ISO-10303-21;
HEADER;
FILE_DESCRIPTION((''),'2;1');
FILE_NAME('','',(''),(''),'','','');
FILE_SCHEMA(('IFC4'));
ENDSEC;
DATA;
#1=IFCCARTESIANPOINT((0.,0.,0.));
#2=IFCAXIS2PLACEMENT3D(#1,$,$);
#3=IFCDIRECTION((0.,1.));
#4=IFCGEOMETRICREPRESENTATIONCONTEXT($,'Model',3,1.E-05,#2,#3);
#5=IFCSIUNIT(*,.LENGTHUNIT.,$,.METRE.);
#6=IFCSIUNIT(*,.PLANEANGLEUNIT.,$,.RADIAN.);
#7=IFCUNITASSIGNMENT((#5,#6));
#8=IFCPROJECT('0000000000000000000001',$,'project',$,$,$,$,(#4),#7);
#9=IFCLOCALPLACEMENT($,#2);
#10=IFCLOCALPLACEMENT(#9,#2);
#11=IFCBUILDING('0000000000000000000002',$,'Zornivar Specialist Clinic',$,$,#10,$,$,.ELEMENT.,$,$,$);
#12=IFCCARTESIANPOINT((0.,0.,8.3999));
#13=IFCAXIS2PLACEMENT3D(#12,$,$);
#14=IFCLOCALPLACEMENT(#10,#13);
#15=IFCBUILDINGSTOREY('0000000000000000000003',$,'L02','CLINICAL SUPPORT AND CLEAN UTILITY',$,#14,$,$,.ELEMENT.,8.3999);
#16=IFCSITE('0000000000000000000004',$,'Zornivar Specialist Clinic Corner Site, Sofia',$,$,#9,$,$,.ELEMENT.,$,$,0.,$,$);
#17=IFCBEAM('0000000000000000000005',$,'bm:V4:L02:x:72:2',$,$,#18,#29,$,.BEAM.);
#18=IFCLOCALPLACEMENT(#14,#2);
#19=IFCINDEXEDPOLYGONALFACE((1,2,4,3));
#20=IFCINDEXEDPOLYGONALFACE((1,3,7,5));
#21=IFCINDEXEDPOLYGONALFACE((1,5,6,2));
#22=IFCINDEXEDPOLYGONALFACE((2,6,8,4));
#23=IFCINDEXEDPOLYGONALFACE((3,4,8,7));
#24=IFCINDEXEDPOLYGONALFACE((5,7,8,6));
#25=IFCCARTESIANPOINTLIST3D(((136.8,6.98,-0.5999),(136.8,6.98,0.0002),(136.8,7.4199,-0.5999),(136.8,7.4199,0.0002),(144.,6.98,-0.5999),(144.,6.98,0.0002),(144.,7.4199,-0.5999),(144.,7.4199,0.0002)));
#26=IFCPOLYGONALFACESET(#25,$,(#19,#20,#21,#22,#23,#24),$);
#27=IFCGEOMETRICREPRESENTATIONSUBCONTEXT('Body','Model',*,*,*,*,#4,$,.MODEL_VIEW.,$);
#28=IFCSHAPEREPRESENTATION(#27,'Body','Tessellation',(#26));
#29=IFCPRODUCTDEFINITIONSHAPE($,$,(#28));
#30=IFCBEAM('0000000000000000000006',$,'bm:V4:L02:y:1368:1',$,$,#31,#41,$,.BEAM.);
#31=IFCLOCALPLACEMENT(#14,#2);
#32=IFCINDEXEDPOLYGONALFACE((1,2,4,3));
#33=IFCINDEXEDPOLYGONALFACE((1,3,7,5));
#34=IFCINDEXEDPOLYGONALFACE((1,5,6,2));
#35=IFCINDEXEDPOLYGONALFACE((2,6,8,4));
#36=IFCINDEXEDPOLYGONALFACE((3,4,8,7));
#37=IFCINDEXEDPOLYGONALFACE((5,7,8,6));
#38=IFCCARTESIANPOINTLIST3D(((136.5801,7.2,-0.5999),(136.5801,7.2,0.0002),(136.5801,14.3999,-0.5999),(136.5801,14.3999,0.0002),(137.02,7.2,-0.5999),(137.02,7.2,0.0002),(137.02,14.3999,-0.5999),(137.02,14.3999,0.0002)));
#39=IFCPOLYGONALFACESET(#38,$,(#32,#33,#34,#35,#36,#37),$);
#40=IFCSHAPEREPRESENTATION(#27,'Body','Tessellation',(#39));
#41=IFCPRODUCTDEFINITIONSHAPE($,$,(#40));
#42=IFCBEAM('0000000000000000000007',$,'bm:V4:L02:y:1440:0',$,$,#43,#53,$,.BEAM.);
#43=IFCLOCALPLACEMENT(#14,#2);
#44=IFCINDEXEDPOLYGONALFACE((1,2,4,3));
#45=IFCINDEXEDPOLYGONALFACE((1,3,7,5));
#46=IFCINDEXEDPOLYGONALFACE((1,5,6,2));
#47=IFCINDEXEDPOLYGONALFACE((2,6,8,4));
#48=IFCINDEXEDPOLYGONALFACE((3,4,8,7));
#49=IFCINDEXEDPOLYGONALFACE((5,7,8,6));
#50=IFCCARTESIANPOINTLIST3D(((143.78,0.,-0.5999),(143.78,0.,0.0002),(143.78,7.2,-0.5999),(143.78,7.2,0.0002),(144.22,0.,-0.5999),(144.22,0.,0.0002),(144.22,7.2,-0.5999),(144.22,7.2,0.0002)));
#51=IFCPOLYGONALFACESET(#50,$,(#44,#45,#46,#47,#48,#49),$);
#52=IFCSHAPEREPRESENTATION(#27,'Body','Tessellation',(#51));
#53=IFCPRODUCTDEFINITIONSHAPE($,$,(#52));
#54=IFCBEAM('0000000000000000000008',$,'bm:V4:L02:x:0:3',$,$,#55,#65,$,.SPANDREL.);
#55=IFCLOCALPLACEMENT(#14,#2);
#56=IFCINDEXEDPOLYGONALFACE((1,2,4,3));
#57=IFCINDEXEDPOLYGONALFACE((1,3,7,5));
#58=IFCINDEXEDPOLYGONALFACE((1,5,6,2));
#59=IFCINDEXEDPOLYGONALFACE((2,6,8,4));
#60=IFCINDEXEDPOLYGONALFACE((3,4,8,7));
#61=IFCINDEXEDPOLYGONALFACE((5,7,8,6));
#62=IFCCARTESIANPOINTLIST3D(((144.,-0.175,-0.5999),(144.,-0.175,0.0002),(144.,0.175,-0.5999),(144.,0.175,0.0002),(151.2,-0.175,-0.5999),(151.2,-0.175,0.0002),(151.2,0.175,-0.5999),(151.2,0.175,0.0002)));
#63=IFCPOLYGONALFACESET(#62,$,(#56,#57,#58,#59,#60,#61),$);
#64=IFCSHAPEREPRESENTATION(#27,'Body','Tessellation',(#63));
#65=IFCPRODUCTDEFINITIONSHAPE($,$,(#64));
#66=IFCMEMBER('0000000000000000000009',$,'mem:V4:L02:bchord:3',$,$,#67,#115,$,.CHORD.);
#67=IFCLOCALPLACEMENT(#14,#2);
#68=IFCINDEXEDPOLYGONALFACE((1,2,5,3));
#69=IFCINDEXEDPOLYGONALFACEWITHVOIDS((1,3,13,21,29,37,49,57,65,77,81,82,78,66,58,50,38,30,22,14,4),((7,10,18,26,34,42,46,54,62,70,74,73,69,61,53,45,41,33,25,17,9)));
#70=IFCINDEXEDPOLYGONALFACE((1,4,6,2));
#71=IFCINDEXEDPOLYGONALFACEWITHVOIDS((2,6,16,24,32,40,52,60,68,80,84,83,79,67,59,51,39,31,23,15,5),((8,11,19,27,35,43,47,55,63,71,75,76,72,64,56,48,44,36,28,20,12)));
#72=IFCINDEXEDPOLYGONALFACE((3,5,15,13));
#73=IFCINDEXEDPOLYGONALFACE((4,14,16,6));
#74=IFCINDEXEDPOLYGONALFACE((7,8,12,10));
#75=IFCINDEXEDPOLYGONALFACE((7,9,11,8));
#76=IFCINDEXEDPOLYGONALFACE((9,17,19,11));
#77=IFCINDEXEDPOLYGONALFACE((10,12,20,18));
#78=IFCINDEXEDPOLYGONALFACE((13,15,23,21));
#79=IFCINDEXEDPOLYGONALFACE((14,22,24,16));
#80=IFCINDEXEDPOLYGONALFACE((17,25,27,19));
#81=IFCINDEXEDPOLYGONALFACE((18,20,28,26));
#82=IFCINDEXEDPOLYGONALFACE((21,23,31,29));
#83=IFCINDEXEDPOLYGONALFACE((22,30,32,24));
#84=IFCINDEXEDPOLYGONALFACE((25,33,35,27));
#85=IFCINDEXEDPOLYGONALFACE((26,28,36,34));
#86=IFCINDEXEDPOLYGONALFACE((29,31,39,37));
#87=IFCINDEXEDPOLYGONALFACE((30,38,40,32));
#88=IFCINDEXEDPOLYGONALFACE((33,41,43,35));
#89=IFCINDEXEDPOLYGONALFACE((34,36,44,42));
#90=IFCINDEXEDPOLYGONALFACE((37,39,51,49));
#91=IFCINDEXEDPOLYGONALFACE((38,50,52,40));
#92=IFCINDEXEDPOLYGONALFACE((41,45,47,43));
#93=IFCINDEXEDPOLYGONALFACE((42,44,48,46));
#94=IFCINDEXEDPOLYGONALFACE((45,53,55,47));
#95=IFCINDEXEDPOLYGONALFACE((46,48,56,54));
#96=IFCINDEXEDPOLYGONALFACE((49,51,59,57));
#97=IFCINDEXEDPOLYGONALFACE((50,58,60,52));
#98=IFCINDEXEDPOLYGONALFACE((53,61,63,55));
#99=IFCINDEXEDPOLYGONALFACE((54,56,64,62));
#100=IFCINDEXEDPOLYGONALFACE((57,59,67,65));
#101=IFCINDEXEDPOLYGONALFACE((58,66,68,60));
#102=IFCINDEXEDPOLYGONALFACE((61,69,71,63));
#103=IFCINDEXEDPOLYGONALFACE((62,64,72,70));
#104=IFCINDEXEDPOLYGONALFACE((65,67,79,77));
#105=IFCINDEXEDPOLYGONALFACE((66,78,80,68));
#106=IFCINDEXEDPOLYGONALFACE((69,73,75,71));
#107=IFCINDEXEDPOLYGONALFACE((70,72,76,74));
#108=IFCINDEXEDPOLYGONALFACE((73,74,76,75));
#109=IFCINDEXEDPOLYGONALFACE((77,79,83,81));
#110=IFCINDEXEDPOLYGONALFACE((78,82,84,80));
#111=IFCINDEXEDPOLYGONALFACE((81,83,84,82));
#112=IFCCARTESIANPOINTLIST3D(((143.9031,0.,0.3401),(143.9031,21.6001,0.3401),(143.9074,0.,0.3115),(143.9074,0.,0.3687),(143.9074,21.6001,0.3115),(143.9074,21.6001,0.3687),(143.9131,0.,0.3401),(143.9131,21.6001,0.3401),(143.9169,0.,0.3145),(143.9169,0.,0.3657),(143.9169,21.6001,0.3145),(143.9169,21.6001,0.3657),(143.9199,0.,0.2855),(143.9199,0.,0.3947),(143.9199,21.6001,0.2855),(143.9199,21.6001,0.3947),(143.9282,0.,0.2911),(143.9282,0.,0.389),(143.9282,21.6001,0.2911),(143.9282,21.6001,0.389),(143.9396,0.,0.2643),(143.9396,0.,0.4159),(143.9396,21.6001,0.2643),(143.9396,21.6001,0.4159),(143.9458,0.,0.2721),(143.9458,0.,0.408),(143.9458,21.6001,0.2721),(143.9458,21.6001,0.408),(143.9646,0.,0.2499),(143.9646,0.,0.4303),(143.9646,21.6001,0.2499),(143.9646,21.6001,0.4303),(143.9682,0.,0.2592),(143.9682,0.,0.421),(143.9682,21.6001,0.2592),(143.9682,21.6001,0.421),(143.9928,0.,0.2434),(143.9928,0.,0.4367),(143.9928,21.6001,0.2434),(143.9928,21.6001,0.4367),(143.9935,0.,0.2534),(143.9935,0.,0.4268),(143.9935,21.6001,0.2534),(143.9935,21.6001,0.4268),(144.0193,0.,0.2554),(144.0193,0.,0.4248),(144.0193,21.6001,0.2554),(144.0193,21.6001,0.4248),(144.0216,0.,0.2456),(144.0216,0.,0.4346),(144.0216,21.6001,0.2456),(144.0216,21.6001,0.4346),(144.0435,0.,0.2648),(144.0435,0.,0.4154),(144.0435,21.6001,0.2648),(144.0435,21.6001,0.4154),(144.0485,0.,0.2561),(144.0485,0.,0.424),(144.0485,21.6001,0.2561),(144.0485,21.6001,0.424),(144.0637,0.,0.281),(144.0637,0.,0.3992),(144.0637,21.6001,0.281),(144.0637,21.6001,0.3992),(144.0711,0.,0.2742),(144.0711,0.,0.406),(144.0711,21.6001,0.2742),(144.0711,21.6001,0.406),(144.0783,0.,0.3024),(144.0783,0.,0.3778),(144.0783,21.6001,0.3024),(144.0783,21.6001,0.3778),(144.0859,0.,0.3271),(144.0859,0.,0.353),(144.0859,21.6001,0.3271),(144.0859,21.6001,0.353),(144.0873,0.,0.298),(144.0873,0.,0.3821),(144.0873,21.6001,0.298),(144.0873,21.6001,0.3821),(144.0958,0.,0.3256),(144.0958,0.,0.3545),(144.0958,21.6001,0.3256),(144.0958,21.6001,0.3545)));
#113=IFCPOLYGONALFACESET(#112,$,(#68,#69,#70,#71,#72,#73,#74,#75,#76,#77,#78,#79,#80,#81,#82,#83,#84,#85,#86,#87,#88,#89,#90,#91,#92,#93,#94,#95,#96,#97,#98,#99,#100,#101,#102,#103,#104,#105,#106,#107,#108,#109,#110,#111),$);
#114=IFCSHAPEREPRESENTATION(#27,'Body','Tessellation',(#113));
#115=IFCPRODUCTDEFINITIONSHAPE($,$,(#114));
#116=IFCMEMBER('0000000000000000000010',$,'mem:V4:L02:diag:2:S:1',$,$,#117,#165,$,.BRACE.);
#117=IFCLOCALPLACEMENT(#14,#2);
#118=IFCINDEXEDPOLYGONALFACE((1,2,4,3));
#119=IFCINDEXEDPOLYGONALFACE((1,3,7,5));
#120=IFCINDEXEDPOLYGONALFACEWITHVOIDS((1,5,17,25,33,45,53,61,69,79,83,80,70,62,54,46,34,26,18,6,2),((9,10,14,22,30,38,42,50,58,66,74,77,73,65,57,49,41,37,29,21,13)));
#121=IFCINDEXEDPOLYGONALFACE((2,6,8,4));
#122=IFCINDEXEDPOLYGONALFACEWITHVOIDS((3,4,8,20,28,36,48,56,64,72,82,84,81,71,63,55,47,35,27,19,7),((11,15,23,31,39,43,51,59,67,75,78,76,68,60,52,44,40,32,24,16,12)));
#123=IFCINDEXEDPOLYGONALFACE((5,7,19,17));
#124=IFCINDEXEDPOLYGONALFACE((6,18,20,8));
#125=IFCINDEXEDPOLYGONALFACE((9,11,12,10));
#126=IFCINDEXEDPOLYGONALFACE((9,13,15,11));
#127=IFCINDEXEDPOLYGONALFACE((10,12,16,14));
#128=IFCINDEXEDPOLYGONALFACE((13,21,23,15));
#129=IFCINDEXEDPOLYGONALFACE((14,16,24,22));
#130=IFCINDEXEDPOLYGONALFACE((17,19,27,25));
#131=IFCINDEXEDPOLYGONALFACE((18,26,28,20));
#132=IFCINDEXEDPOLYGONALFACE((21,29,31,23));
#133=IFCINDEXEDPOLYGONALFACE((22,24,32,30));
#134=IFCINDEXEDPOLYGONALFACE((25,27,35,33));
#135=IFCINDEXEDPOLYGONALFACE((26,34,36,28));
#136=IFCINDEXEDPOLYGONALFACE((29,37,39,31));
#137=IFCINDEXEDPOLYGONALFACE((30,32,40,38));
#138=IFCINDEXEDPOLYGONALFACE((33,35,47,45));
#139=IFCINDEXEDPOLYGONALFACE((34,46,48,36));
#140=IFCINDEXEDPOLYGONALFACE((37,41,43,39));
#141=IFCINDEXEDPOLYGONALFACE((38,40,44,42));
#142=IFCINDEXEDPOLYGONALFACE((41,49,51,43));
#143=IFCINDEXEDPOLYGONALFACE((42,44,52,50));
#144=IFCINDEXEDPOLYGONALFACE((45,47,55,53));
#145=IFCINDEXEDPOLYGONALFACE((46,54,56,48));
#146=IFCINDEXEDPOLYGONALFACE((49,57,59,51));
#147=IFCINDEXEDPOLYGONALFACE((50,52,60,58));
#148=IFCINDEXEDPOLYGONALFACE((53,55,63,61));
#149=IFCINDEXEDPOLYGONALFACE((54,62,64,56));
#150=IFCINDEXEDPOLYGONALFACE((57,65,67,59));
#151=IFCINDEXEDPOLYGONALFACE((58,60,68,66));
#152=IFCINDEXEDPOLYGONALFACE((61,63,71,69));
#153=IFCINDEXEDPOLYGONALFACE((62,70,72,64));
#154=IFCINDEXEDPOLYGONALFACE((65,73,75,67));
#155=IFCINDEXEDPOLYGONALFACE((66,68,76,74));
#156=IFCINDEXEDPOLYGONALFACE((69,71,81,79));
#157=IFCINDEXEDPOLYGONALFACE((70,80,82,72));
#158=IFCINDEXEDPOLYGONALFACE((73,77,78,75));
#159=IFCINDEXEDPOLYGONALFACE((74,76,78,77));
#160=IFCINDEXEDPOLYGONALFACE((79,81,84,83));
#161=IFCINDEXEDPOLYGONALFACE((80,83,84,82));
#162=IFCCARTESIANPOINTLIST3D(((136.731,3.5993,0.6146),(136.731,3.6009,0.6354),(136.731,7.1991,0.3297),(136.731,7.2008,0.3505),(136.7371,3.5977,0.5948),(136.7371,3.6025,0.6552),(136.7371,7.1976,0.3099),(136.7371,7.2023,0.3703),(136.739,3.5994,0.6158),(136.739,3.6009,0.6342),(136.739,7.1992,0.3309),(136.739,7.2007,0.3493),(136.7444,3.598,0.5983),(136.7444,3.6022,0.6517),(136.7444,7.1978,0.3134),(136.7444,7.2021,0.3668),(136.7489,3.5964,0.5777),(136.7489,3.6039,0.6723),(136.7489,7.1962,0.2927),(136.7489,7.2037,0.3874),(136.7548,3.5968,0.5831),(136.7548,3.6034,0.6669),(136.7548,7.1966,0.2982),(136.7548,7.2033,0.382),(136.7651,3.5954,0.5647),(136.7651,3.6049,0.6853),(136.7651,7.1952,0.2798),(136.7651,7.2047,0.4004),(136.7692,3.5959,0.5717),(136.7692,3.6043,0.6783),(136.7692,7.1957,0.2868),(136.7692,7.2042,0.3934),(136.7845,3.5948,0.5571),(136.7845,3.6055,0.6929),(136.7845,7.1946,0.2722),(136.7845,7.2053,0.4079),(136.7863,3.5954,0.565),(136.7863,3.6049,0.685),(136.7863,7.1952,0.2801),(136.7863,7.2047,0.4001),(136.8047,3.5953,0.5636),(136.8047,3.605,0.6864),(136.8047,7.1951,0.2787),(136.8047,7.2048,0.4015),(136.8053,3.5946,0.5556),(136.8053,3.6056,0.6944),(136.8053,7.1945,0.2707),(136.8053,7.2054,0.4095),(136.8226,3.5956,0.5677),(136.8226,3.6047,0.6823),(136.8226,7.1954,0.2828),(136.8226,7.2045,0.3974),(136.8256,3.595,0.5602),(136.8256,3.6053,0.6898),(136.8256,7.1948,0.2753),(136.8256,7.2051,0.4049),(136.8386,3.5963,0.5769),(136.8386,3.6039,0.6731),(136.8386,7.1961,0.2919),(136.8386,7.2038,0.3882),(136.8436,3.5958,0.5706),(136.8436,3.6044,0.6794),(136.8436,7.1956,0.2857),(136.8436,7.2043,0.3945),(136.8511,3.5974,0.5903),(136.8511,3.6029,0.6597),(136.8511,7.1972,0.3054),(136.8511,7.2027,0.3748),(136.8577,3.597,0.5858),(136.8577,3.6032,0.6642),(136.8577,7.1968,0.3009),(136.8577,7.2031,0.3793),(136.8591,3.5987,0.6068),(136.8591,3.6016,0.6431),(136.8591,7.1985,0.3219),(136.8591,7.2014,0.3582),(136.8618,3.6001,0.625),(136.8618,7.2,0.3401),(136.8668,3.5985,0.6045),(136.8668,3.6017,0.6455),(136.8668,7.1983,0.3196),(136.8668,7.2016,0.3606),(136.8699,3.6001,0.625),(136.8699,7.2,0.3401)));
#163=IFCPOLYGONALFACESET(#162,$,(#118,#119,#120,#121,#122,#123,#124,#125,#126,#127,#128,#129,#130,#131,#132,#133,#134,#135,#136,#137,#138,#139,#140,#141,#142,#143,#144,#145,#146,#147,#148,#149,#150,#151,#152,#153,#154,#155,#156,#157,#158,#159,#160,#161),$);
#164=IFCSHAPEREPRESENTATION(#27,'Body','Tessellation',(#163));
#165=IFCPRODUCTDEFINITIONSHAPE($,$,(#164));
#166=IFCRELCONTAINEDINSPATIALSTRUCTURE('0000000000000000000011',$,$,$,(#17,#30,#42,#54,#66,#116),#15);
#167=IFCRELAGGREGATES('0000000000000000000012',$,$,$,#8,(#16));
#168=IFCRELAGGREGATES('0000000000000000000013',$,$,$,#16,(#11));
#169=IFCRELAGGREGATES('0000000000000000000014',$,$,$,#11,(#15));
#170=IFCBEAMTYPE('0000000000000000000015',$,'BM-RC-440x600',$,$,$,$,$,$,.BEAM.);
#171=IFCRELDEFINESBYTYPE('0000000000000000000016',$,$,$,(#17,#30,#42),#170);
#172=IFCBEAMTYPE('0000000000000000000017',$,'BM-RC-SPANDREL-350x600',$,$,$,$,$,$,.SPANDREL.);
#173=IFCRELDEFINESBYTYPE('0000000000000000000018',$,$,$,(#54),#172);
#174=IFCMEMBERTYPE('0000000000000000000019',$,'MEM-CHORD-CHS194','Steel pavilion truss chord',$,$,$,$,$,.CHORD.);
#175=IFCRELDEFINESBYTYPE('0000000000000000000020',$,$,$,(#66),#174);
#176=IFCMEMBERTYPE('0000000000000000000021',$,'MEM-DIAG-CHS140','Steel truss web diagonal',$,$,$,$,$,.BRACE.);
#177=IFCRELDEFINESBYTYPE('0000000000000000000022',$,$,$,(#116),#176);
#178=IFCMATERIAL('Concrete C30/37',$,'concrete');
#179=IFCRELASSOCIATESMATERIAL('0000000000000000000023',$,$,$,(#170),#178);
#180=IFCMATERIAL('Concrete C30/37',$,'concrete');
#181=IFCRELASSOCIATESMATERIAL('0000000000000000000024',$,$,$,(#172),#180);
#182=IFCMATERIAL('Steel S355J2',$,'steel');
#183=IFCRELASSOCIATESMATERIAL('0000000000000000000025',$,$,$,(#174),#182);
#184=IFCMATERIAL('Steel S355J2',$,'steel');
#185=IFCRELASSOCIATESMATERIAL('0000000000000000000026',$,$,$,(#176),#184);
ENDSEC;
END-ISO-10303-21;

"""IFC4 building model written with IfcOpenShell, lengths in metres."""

from ifc_helpers import new_model, si_unit, direction, frame, origin, origin_2d, place, context, subcontext, project, spatial, rectangle, hollow_circle, extrude, material, material_profile, profile_set, type_object, element, save


model = new_model("IFC4")

# Units and contexts
model_context = context("Model", 3, precision=1e-05, world=origin(), true_north=direction((0.0, 1.0)))
body_context = subcontext(model_context, "Body", "Model", "MODEL_VIEW")
ifc_project = project(units=[si_unit("LENGTHUNIT", "METRE"), si_unit("PLANEANGLEUNIT", "RADIAN")], contexts=[model_context])

# Site, building, storey
site_placement = place(None, origin())
site = spatial("IfcSite", under=ifc_project, at=site_placement, Name="Zornivar Specialist Clinic Corner Site, Sofia", CompositionType="ELEMENT", RefElevation=0.0)
building_placement = place(site_placement, origin())
building = spatial("IfcBuilding", under=site, at=building_placement, Name="Zornivar Specialist Clinic", CompositionType="ELEMENT")
storey_placement = place(building_placement, frame((0.0, 0.0, 8.3999)))
storey = spatial("IfcBuildingStorey", under=building, at=storey_placement, Name="L02", Description="CLINICAL SUPPORT AND CLEAN UTILITY", CompositionType="ELEMENT", Elevation=8.3999)

# Beams
ifc_material_1 = material(Name="Concrete C30/37", Category="concrete")
ifc_material_profile_1 = material_profile(ifc_material_1, rectangle(XDim=0.4399, YDim=0.6001, at=origin_2d()), Name="RC 440x600")
ifc_profile_set_1 = profile_set([ifc_material_profile_1], Name="Concrete C30/37")
beam_type_1 = type_object("IfcBeamType", Name="BM-RC-440x600", PredefinedType="BEAM", material=ifc_profile_set_1)
for number, where, z_axis, x_axis, name in (
    (1, (136.8, 7.2, -0.2998), (1.0, 0.0, 0.0), (0.0, 1.0, 0.0), "bm:V4:L02:x:72:2"),
    (2, (136.8, 7.2, -0.2998), (0.0, 1.0, 0.0), (-1.0, 0.0, 0.0), "bm:V4:L02:y:1368:1"),
    (3, (144.0, 0.0, -0.2998), (0.0, 1.0, 0.0), (-1.0, 0.0, 0.0), "bm:V4:L02:y:1440:0"),
):
    element("IfcBeam", number, at=place(storey_placement, frame(where, z_axis=z_axis, x_axis=x_axis)), inside=storey, type_object=beam_type_1, Name=name, PredefinedType="BEAM", context=body_context, shape_type="SweptSolid", body=[
        extrude(rectangle(XDim=0.4399, YDim=0.6001, at=origin_2d()), origin(), (0.0, 0.0, 1.0), 7.2),
    ])
ifc_material_2 = material(Name="Concrete C30/37", Category="concrete")
ifc_material_profile_2 = material_profile(ifc_material_2, rectangle(XDim=0.3501, YDim=0.6001, at=origin_2d()), Name="RC 350x600")
ifc_profile_set_2 = profile_set([ifc_material_profile_2], Name="Concrete C30/37")
beam_type_2 = type_object("IfcBeamType", Name="BM-RC-SPANDREL-350x600", PredefinedType="SPANDREL", material=ifc_profile_set_2)
beam_placement = place(storey_placement, frame((144.0, 0.0, -0.2998), z_axis=(1.0, 0.0, 0.0), x_axis=(0.0, 1.0, 0.0)))
element("IfcBeam", 4, at=beam_placement, inside=storey, type_object=beam_type_2, Name="bm:V4:L02:x:0:3", PredefinedType="SPANDREL", context=body_context, shape_type="SweptSolid", body=[
    extrude(rectangle(XDim=0.3501, YDim=0.6001, at=origin_2d()), origin(), (0.0, 0.0, 1.0), 7.2),
])

# Members
ifc_material_3 = material(Name="Steel S355J2", Category="steel")
ifc_material_profile_3 = material_profile(ifc_material_3, hollow_circle(Radius=0.0969, WallThickness=0.01, at=origin_2d()), Name="CHS 193.7x10")
ifc_profile_set_3 = profile_set([ifc_material_profile_3], Name="Steel S355J2")
member_type_1 = type_object("IfcMemberType", Name="MEM-CHORD-CHS194", Description="Steel pavilion truss chord", PredefinedType="CHORD", material=ifc_profile_set_3)
member_1_placement = place(storey_placement, frame((144.0, 0.0, 0.3401), z_axis=(0.0, 1.0, 0.0), x_axis=(-1.0, 0.0, 0.0)))
element("IfcMember", 5, at=member_1_placement, inside=storey, type_object=member_type_1, Name="mem:V4:L02:bchord:3", PredefinedType="CHORD", context=body_context, shape_type="SweptSolid", body=[
    extrude(hollow_circle(Radius=0.0969, WallThickness=0.01, at=origin_2d()), origin(), (0.0, 0.0, 1.0), 21.6001),
])
ifc_material_4 = material(Name="Steel S355J2", Category="steel")
ifc_material_profile_4 = material_profile(ifc_material_4, hollow_circle(Radius=0.0698, WallThickness=0.0081, at=origin_2d()), Name="CHS 139.7x8")
ifc_profile_set_4 = profile_set([ifc_material_profile_4], Name="Steel S355J2")
member_type_2 = type_object("IfcMemberType", Name="MEM-DIAG-CHS140", Description="Steel truss web diagonal", PredefinedType="BRACE", material=ifc_profile_set_4)
member_2_placement = place(storey_placement, frame((136.8, 7.2, 0.3401), z_axis=(0.0, -0.996883, 0.078899), x_axis=(1.0, 0.0, 0.0)))
element("IfcMember", 6, at=member_2_placement, inside=storey, type_object=member_type_2, Name="mem:V4:L02:diag:2:S:1", PredefinedType="BRACE", context=body_context, shape_type="SweptSolid", body=[
    extrude(hollow_circle(Radius=0.0698, WallThickness=0.0081, at=origin_2d()), origin(), (0.0, 0.0, 1.0), 3.6111),
])

save(model, "model.ifc")
